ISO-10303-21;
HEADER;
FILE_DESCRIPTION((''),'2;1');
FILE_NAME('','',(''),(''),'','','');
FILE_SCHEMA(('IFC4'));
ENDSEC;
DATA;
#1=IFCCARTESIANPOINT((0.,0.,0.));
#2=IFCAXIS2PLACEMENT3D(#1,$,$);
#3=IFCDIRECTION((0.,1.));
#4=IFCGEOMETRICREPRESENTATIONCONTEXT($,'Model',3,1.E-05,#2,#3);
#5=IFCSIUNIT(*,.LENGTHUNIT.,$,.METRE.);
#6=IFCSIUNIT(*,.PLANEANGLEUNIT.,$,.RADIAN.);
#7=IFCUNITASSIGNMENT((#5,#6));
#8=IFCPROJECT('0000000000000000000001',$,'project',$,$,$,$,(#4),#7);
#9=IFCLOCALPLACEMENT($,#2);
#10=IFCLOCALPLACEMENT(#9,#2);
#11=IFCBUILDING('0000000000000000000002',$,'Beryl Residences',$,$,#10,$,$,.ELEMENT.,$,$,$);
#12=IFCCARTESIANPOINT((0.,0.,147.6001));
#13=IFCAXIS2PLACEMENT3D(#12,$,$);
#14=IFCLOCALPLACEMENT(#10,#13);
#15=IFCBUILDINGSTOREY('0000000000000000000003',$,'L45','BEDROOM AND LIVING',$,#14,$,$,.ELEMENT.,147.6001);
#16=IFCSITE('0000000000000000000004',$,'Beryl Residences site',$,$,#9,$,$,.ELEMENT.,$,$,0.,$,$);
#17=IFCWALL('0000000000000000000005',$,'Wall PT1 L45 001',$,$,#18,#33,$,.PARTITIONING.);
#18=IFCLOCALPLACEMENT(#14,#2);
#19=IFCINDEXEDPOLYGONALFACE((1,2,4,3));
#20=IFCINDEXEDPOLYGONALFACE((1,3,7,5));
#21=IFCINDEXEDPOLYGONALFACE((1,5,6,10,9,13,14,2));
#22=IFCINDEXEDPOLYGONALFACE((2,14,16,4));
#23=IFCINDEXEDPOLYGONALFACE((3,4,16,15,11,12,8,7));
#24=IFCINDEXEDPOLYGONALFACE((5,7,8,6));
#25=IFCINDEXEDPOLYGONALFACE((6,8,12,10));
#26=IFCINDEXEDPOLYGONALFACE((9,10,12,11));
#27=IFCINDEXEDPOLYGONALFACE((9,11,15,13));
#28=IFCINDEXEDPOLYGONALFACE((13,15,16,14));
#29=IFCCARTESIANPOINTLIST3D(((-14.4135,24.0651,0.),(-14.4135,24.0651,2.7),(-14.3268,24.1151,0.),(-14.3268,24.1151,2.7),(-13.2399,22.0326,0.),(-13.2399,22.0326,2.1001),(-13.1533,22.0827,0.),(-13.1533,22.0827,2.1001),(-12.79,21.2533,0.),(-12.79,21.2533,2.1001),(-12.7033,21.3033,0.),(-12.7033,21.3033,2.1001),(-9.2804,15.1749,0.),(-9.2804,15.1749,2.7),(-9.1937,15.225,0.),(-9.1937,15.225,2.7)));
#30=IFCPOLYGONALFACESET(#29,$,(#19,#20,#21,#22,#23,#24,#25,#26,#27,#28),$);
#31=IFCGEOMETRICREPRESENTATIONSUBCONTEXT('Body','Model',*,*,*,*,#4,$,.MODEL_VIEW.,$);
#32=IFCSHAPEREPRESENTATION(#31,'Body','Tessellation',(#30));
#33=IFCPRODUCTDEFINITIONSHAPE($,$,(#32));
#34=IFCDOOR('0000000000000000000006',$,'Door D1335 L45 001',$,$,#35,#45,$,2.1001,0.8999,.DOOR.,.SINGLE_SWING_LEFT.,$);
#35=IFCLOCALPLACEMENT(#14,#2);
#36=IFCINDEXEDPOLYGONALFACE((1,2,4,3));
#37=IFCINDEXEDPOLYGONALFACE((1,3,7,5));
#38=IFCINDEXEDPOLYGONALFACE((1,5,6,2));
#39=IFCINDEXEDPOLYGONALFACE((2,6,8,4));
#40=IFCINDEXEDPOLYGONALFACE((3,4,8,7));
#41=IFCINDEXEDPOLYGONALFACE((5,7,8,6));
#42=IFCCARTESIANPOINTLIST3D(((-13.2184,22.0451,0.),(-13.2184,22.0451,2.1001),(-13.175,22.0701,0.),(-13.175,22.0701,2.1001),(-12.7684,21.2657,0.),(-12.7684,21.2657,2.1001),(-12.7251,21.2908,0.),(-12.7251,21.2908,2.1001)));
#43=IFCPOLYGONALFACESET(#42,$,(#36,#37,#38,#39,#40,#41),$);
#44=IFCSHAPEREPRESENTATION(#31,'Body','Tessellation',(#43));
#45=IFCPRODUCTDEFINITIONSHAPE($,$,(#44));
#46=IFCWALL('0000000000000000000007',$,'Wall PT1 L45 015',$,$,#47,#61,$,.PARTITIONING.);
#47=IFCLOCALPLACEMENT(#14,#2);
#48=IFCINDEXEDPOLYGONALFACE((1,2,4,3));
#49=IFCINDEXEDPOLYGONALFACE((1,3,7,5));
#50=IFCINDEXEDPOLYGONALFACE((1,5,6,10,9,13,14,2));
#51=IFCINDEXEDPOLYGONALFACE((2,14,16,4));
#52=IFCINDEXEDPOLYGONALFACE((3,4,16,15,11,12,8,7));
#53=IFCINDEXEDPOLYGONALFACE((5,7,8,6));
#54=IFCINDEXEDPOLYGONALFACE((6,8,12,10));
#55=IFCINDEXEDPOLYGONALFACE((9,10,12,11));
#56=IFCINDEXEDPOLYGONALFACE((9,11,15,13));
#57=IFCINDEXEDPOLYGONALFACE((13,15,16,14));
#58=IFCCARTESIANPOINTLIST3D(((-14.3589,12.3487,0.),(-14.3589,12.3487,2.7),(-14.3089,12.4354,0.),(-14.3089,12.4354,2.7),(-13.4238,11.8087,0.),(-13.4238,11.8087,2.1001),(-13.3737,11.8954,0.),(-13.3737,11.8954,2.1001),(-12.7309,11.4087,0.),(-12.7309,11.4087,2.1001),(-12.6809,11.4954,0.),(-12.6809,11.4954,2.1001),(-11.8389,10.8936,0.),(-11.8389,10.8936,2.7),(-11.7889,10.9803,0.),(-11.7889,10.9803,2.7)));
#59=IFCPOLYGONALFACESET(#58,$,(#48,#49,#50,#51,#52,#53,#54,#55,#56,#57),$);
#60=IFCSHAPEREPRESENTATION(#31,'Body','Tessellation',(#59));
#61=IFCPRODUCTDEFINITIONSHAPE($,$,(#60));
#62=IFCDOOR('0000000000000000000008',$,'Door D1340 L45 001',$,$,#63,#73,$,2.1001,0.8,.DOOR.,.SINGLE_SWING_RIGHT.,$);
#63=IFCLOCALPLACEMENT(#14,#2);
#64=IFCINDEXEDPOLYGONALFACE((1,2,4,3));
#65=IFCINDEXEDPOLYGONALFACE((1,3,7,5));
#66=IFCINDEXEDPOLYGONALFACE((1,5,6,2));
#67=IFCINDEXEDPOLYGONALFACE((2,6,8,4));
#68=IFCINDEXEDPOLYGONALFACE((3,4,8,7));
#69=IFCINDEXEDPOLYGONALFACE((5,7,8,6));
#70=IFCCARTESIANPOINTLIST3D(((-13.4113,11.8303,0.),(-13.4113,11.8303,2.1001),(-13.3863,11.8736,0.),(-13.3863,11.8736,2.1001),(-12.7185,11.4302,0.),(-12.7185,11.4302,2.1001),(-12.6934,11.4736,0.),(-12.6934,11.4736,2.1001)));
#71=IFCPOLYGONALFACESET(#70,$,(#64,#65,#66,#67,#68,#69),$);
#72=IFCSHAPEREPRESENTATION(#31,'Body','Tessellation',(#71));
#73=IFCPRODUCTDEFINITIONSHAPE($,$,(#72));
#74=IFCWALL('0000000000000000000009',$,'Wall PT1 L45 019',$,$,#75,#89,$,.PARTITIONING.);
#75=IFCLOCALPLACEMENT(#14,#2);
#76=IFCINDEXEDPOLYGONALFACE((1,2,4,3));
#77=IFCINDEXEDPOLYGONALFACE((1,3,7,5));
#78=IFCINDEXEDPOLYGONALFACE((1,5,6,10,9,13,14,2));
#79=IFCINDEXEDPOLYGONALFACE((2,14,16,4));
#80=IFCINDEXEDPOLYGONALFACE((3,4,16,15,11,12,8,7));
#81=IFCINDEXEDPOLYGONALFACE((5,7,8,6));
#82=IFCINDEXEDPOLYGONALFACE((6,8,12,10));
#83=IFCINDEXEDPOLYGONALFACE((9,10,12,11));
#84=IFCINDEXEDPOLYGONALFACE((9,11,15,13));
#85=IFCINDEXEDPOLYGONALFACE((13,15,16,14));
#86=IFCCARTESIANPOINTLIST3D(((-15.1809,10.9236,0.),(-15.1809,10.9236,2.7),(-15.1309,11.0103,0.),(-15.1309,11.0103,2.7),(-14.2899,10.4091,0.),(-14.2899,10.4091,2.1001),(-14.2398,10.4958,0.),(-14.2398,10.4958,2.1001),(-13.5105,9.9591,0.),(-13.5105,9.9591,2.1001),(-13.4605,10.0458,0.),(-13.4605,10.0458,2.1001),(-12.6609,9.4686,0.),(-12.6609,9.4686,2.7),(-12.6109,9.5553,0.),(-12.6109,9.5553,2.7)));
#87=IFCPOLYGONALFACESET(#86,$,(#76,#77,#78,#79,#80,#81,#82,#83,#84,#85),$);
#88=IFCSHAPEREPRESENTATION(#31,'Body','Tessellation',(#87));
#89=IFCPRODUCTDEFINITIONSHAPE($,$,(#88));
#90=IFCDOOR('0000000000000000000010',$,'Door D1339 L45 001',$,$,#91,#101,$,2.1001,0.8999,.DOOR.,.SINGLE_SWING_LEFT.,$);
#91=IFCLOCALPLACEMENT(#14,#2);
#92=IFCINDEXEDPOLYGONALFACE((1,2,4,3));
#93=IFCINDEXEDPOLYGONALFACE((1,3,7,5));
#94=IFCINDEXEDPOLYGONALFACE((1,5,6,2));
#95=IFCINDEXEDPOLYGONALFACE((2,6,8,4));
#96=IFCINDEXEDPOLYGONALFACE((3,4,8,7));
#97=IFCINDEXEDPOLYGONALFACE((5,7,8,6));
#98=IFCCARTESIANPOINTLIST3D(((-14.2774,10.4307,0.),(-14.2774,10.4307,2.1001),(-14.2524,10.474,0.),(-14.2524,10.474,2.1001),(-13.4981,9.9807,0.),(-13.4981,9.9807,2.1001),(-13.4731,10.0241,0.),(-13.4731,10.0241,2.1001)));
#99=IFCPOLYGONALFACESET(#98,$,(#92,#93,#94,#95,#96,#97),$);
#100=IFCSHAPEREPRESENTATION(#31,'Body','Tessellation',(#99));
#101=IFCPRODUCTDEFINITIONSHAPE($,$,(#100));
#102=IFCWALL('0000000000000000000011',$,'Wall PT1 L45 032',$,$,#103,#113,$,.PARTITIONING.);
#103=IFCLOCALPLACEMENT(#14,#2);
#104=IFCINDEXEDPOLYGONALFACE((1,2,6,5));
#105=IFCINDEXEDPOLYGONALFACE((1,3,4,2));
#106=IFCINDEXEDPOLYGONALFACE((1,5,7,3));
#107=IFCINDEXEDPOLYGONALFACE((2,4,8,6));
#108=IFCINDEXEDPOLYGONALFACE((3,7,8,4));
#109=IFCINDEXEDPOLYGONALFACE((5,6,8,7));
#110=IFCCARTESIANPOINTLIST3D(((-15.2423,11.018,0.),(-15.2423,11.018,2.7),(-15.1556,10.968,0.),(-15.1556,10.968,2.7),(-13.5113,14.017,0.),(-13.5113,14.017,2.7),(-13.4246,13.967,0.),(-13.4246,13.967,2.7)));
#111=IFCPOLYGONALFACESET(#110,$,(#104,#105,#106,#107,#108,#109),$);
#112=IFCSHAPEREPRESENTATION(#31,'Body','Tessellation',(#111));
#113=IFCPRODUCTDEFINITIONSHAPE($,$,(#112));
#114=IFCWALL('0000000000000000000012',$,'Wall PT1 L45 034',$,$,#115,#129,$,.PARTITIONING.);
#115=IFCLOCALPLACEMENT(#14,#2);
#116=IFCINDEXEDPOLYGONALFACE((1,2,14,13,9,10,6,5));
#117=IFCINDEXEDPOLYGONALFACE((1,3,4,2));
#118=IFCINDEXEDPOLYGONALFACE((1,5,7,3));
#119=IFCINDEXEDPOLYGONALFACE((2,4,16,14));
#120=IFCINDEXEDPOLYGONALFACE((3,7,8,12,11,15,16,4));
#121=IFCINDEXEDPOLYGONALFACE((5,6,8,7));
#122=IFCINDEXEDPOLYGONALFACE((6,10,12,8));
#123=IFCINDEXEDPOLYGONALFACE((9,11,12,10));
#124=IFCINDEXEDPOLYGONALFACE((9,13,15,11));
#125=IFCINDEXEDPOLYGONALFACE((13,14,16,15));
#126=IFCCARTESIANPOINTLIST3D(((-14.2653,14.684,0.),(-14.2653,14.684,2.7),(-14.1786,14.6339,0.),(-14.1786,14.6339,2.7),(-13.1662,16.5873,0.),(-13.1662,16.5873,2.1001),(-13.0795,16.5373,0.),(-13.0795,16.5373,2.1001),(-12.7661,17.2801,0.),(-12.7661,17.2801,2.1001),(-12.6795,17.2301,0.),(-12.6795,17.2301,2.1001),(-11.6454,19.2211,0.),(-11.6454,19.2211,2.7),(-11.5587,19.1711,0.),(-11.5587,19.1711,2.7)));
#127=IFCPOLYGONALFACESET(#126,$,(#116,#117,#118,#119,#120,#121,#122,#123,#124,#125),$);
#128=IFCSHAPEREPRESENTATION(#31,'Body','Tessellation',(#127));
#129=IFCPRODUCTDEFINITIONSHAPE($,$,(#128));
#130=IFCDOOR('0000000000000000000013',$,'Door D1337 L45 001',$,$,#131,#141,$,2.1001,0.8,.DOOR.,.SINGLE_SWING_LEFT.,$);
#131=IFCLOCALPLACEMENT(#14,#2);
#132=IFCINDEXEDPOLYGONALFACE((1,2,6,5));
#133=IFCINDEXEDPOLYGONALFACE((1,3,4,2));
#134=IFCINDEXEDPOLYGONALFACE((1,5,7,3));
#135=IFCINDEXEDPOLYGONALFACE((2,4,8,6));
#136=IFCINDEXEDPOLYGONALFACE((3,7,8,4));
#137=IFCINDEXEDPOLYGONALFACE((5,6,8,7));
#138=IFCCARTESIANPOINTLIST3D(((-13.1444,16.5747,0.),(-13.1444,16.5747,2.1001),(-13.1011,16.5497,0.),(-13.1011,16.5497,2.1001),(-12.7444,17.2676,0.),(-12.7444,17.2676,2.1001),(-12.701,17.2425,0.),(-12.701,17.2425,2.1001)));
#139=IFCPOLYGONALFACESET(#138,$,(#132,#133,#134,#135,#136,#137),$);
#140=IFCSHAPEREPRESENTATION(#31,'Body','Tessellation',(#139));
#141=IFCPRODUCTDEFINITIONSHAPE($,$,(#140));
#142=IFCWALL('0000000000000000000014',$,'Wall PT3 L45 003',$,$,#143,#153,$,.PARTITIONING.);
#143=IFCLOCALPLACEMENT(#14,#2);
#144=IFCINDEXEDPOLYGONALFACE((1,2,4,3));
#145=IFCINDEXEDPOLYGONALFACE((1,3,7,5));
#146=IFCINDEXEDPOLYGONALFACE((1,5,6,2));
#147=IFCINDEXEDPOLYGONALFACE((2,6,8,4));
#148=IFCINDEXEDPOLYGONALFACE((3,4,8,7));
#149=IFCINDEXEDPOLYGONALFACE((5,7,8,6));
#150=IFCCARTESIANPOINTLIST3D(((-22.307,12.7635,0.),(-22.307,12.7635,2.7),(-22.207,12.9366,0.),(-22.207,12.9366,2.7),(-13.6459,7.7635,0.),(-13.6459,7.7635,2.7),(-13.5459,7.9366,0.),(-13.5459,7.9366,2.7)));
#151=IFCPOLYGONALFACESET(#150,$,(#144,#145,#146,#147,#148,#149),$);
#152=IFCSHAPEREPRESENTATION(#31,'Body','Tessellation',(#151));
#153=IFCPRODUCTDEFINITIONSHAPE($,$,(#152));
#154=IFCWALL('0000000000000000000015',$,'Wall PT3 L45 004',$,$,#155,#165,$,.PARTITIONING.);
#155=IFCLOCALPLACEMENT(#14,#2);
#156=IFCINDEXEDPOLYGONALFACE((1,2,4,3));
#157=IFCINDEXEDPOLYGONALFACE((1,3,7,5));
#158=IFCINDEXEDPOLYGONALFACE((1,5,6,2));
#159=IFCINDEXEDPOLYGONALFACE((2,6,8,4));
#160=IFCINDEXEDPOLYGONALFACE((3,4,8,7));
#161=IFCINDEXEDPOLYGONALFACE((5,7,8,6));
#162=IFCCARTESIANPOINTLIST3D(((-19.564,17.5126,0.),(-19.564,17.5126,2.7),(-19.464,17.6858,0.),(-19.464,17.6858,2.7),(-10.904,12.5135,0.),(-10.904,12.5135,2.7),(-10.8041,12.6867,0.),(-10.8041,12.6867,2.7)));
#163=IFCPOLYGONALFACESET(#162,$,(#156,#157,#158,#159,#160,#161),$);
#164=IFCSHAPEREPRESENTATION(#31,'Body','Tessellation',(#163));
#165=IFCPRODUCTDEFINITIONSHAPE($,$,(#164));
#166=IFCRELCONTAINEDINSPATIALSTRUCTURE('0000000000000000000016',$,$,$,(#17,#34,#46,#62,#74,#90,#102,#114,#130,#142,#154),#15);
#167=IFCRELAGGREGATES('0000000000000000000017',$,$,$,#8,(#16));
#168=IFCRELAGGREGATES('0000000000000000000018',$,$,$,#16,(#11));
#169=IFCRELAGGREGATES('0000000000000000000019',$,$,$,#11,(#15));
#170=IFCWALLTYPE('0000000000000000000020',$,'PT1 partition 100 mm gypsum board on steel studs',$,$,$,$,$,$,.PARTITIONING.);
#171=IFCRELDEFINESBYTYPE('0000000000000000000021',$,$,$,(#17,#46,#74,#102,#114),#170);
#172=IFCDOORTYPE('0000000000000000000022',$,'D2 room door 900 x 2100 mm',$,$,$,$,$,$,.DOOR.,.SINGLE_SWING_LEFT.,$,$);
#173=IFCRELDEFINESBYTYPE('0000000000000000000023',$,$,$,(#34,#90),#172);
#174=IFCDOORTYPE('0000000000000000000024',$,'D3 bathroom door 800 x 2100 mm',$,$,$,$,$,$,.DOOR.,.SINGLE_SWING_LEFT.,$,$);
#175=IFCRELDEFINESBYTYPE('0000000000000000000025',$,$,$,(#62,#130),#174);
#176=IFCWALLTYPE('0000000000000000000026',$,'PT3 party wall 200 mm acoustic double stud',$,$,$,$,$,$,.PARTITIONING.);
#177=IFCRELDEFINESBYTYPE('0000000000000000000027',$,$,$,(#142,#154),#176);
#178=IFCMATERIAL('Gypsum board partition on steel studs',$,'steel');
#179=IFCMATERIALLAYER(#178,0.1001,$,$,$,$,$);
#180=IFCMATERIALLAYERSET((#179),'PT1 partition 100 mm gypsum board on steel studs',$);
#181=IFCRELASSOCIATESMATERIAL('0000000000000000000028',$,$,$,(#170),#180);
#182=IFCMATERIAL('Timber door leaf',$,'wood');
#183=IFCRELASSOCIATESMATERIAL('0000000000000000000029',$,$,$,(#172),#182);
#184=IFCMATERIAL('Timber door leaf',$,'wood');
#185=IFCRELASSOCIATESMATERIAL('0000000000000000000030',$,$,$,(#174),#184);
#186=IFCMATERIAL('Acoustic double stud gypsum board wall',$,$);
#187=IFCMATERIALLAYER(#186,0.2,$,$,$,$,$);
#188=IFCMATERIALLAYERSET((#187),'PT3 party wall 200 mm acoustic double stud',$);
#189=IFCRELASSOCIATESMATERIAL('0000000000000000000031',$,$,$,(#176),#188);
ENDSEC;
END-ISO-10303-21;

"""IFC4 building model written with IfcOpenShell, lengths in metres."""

from ifc_helpers import new_model, si_unit, direction, frame, frame_2d, origin, place, context, subcontext, project, spatial, rectangle, extrude, material, layer, layer_set, type_object, element, fill, save


model = new_model("IFC4")

# Units and contexts
model_context = context("Model", 3, precision=1e-05, world=origin(), true_north=direction((0.0, 1.0)))
body_context = subcontext(model_context, "Body", "Model", "MODEL_VIEW")
ifc_project = project(units=[si_unit("LENGTHUNIT", "METRE"), si_unit("PLANEANGLEUNIT", "RADIAN")], contexts=[model_context])

# Site, building, storey
site_placement = place(None, origin())
site = spatial("IfcSite", under=ifc_project, at=site_placement, Name="Beryl Residences site", CompositionType="ELEMENT", RefElevation=0.0)
building_placement = place(site_placement, origin())
building = spatial("IfcBuilding", under=site, at=building_placement, Name="Beryl Residences", CompositionType="ELEMENT")
storey_placement = place(building_placement, frame((0.0, 0.0, 147.6001)))
storey = spatial("IfcBuildingStorey", under=building, at=storey_placement, Name="L45", Description="BEDROOM AND LIVING", CompositionType="ELEMENT", Elevation=147.6001)

# Walls, openings, doors
ifc_material_1 = material(Name="Gypsum board partition on steel studs", Category="steel")
ifc_layer_1 = layer(ifc_material_1, 0.1001)
ifc_layer_set_1 = layer_set([ifc_layer_1], Name="PT1 partition 100 mm gypsum board on steel studs")
wall_type_1 = type_object("IfcWallType", Name="PT1 partition 100 mm gypsum board on steel studs", PredefinedType="PARTITIONING", material=ifc_layer_set_1)
wall_1_placement = place(storey_placement, frame((-14.3701, 24.0901, 0.0), z_axis=(0.0, 0.0, 1.0), x_axis=(0.500024, -0.866011, 0.0)))
wall_1 = element("IfcWall", 1, at=wall_1_placement, inside=storey, type_object=wall_type_1, Name="Wall PT1 L45 001", PredefinedType="PARTITIONING", context=body_context, shape_type="SweptSolid", body=[
    extrude(rectangle(XDim=10.2656, YDim=0.1001, at=frame_2d((5.1328, 0.0))), origin(), (0.0, 0.0, 1.0), 2.7),
])
opening_1_placement = place(wall_1_placement, frame((2.3469, 0.0, 0.0)))
opening_1 = element("IfcOpeningElement", 2, at=opening_1_placement, cuts=wall_1, PredefinedType="OPENING", context=body_context, shape_type="SweptSolid", body=[
    extrude(rectangle(XDim=0.8999, YDim=2.1001, at=frame_2d((0.45, 1.05))), frame((0.0, 0.0601, 0.0), z_axis=(0.0, -1.0, 0.0), x_axis=(1.0, 0.0, 0.0)), (0.0, 0.0, 1.0), 0.1201),
])
ifc_material_2 = material(Name="Timber door leaf", Category="wood")
door_type_1 = type_object("IfcDoorType", Name="D2 room door 900 x 2100 mm", OperationType="SINGLE_SWING_LEFT", PredefinedType="DOOR", material=ifc_material_2)
door_1_placement = place(opening_1_placement, origin())
door_1 = element("IfcDoor", 3, at=door_1_placement, inside=storey, type_object=door_type_1, Name="Door D1335 L45 001", OperationType="SINGLE_SWING_LEFT", OverallHeight=2.1001, OverallWidth=0.8999, PredefinedType="DOOR", context=body_context, shape_type="SweptSolid", body=[
    extrude(rectangle(XDim=0.8999, YDim=2.1001, at=frame_2d((0.45, 1.05))), frame((0.0, 0.0249, 0.0), z_axis=(0.0, -1.0, 0.0), x_axis=(1.0, 0.0, 0.0)), (0.0, 0.0, 1.0), 0.05),
])
fill(opening_1, door_1)
wall_2_placement = place(storey_placement, frame((-14.334, 12.3921, 0.0), z_axis=(0.0, 0.0, 1.0), x_axis=(0.866004, -0.500037, 0.0)))
wall_2 = element("IfcWall", 4, at=wall_2_placement, inside=storey, type_object=wall_type_1, Name="Wall PT1 L45 015", PredefinedType="PARTITIONING", context=body_context, shape_type="SweptSolid", body=[
    extrude(rectangle(XDim=2.9099, YDim=0.1001, at=frame_2d((1.4551, 0.0))), origin(), (0.0, 0.0, 1.0), 2.7),
])
opening_2_placement = place(wall_2_placement, frame((1.0801, 0.0, 0.0)))
opening_2 = element("IfcOpeningElement", 5, at=opening_2_placement, cuts=wall_2, PredefinedType="OPENING", context=body_context, shape_type="SweptSolid", body=[
    extrude(rectangle(XDim=0.8, YDim=2.1001, at=frame_2d((0.3999, 1.05))), frame((0.0, 0.0601, 0.0), z_axis=(0.0, -1.0, 0.0), x_axis=(1.0, 0.0, 0.0)), (0.0, 0.0, 1.0), 0.1201),
])
ifc_material_3 = material(Name="Timber door leaf", Category="wood")
door_type_2 = type_object("IfcDoorType", Name="D3 bathroom door 800 x 2100 mm", OperationType="SINGLE_SWING_LEFT", PredefinedType="DOOR", material=ifc_material_3)
door_2_placement = place(opening_2_placement, origin())
door_2 = element("IfcDoor", 6, at=door_2_placement, inside=storey, type_object=door_type_2, Name="Door D1340 L45 001", OperationType="SINGLE_SWING_RIGHT", OverallHeight=2.1001, OverallWidth=0.8, PredefinedType="DOOR", context=body_context, shape_type="SweptSolid", body=[
    extrude(rectangle(XDim=0.8, YDim=2.1001, at=frame_2d((0.3999, 1.05))), frame((0.0, 0.0249, 0.0), z_axis=(0.0, -1.0, 0.0), x_axis=(1.0, 0.0, 0.0)), (0.0, 0.0, 1.0), 0.05),
])
fill(opening_2, door_2)
wall_3_placement = place(storey_placement, frame((-15.156, 10.967, 0.0), z_axis=(0.0, 0.0, 1.0), x_axis=(0.866004, -0.500037, 0.0)))
wall_3 = element("IfcWall", 7, at=wall_3_placement, inside=storey, type_object=wall_type_1, Name="Wall PT1 L45 019", PredefinedType="PARTITIONING", context=body_context, shape_type="SweptSolid", body=[
    extrude(rectangle(XDim=2.9099, YDim=0.1001, at=frame_2d((1.4551, 0.0))), origin(), (0.0, 0.0, 1.0), 2.7),
])
opening_3_placement = place(wall_3_placement, frame((1.0291, 0.0, 0.0)))
opening_3 = element("IfcOpeningElement", 8, at=opening_3_placement, cuts=wall_3, PredefinedType="OPENING", context=body_context, shape_type="SweptSolid", body=[
    extrude(rectangle(XDim=0.8999, YDim=2.1001, at=frame_2d((0.45, 1.05))), frame((0.0, 0.0601, 0.0), z_axis=(0.0, -1.0, 0.0), x_axis=(1.0, 0.0, 0.0)), (0.0, 0.0, 1.0), 0.1201),
])
door_3_placement = place(opening_3_placement, origin())
door_3 = element("IfcDoor", 9, at=door_3_placement, inside=storey, type_object=door_type_1, Name="Door D1339 L45 001", OperationType="SINGLE_SWING_LEFT", OverallHeight=2.1001, OverallWidth=0.8999, PredefinedType="DOOR", context=body_context, shape_type="SweptSolid", body=[
    extrude(rectangle(XDim=0.8999, YDim=2.1001, at=frame_2d((0.45, 1.05))), frame((0.0, 0.0249, 0.0), z_axis=(0.0, -1.0, 0.0), x_axis=(1.0, 0.0, 0.0)), (0.0, 0.0, 1.0), 0.05),
])
fill(opening_3, door_3)

# Wall
wall_4_placement = place(storey_placement, frame((-15.199, 10.9929, 0.0), z_axis=(0.0, 0.0, 1.0), x_axis=(0.499885, 0.866092, 0.0)))
element("IfcWall", 10, at=wall_4_placement, inside=storey, type_object=wall_type_1, Name="Wall PT1 L45 032", PredefinedType="PARTITIONING", context=body_context, shape_type="SweptSolid", body=[
    extrude(rectangle(XDim=3.4626, YDim=0.1001, at=frame_2d((1.7314, 0.0))), origin(), (0.0, 0.0, 1.0), 2.7),
])

# Wall, opening, door
wall_5_placement = place(storey_placement, frame((-14.2219, 14.6589, 0.0), z_axis=(0.0, 0.0, 1.0), x_axis=(0.500053, 0.865995, 0.0)))
wall_5 = element("IfcWall", 11, at=wall_5_placement, inside=storey, type_object=wall_type_1, Name="Wall PT1 L45 034", PredefinedType="PARTITIONING", context=body_context, shape_type="SweptSolid", body=[
    extrude(rectangle(XDim=5.2393, YDim=0.1001, at=frame_2d((2.6196, 0.0))), origin(), (0.0, 0.0, 1.0), 2.7),
])
opening_4_placement = place(wall_5_placement, frame((2.198, 0.0, 0.0)))
opening_4 = element("IfcOpeningElement", 12, at=opening_4_placement, cuts=wall_5, PredefinedType="OPENING", context=body_context, shape_type="SweptSolid", body=[
    extrude(rectangle(XDim=0.8, YDim=2.1001, at=frame_2d((0.3999, 1.05))), frame((0.0, 0.0601, 0.0), z_axis=(0.0, -1.0, 0.0), x_axis=(1.0, 0.0, 0.0)), (0.0, 0.0, 1.0), 0.1201),
])
door_4_placement = place(opening_4_placement, origin())
door_4 = element("IfcDoor", 13, at=door_4_placement, inside=storey, type_object=door_type_2, Name="Door D1337 L45 001", OperationType="SINGLE_SWING_LEFT", OverallHeight=2.1001, OverallWidth=0.8, PredefinedType="DOOR", context=body_context, shape_type="SweptSolid", body=[
    extrude(rectangle(XDim=0.8, YDim=2.1001, at=frame_2d((0.3999, 1.05))), frame((0.0, 0.0249, 0.0), z_axis=(0.0, -1.0, 0.0), x_axis=(1.0, 0.0, 0.0)), (0.0, 0.0, 1.0), 0.05),
])
fill(opening_4, door_4)

# Walls
ifc_material_4 = material(Name="Acoustic double stud gypsum board wall")
ifc_layer_2 = layer(ifc_material_4, 0.2)
ifc_layer_set_2 = layer_set([ifc_layer_2], Name="PT3 party wall 200 mm acoustic double stud")
wall_type_2 = type_object("IfcWallType", Name="PT3 party wall 200 mm acoustic double stud", PredefinedType="PARTITIONING", material=ifc_layer_set_2)
wall_6_placement = place(storey_placement, frame((-22.2571, 12.8501, 0.0), z_axis=(0.0, 0.0, 1.0), x_axis=(0.866047, -0.499962, 0.0)))
element("IfcWall", 14, at=wall_6_placement, inside=storey, type_object=wall_type_2, Name="Wall PT3 L45 003", PredefinedType="PARTITIONING", context=body_context, shape_type="SweptSolid", body=[
    extrude(rectangle(XDim=10.0007, YDim=0.2, at=frame_2d((5.0005, 0.0))), origin(), (0.0, 0.0, 1.0), 2.7),
])
wall_7_placement = place(storey_placement, frame((-19.5139, 17.5991, 0.0), z_axis=(0.0, 0.0, 1.0), x_axis=(0.866059, -0.499942, 0.0)))
element("IfcWall", 15, at=wall_7_placement, inside=storey, type_object=wall_type_2, Name="Wall PT3 L45 004", PredefinedType="PARTITIONING", context=body_context, shape_type="SweptSolid", body=[
    extrude(rectangle(XDim=9.9993, YDim=0.2, at=frame_2d((4.9995, 0.0))), origin(), (0.0, 0.0, 1.0), 2.7),
])

save(model, "model.ifc")
